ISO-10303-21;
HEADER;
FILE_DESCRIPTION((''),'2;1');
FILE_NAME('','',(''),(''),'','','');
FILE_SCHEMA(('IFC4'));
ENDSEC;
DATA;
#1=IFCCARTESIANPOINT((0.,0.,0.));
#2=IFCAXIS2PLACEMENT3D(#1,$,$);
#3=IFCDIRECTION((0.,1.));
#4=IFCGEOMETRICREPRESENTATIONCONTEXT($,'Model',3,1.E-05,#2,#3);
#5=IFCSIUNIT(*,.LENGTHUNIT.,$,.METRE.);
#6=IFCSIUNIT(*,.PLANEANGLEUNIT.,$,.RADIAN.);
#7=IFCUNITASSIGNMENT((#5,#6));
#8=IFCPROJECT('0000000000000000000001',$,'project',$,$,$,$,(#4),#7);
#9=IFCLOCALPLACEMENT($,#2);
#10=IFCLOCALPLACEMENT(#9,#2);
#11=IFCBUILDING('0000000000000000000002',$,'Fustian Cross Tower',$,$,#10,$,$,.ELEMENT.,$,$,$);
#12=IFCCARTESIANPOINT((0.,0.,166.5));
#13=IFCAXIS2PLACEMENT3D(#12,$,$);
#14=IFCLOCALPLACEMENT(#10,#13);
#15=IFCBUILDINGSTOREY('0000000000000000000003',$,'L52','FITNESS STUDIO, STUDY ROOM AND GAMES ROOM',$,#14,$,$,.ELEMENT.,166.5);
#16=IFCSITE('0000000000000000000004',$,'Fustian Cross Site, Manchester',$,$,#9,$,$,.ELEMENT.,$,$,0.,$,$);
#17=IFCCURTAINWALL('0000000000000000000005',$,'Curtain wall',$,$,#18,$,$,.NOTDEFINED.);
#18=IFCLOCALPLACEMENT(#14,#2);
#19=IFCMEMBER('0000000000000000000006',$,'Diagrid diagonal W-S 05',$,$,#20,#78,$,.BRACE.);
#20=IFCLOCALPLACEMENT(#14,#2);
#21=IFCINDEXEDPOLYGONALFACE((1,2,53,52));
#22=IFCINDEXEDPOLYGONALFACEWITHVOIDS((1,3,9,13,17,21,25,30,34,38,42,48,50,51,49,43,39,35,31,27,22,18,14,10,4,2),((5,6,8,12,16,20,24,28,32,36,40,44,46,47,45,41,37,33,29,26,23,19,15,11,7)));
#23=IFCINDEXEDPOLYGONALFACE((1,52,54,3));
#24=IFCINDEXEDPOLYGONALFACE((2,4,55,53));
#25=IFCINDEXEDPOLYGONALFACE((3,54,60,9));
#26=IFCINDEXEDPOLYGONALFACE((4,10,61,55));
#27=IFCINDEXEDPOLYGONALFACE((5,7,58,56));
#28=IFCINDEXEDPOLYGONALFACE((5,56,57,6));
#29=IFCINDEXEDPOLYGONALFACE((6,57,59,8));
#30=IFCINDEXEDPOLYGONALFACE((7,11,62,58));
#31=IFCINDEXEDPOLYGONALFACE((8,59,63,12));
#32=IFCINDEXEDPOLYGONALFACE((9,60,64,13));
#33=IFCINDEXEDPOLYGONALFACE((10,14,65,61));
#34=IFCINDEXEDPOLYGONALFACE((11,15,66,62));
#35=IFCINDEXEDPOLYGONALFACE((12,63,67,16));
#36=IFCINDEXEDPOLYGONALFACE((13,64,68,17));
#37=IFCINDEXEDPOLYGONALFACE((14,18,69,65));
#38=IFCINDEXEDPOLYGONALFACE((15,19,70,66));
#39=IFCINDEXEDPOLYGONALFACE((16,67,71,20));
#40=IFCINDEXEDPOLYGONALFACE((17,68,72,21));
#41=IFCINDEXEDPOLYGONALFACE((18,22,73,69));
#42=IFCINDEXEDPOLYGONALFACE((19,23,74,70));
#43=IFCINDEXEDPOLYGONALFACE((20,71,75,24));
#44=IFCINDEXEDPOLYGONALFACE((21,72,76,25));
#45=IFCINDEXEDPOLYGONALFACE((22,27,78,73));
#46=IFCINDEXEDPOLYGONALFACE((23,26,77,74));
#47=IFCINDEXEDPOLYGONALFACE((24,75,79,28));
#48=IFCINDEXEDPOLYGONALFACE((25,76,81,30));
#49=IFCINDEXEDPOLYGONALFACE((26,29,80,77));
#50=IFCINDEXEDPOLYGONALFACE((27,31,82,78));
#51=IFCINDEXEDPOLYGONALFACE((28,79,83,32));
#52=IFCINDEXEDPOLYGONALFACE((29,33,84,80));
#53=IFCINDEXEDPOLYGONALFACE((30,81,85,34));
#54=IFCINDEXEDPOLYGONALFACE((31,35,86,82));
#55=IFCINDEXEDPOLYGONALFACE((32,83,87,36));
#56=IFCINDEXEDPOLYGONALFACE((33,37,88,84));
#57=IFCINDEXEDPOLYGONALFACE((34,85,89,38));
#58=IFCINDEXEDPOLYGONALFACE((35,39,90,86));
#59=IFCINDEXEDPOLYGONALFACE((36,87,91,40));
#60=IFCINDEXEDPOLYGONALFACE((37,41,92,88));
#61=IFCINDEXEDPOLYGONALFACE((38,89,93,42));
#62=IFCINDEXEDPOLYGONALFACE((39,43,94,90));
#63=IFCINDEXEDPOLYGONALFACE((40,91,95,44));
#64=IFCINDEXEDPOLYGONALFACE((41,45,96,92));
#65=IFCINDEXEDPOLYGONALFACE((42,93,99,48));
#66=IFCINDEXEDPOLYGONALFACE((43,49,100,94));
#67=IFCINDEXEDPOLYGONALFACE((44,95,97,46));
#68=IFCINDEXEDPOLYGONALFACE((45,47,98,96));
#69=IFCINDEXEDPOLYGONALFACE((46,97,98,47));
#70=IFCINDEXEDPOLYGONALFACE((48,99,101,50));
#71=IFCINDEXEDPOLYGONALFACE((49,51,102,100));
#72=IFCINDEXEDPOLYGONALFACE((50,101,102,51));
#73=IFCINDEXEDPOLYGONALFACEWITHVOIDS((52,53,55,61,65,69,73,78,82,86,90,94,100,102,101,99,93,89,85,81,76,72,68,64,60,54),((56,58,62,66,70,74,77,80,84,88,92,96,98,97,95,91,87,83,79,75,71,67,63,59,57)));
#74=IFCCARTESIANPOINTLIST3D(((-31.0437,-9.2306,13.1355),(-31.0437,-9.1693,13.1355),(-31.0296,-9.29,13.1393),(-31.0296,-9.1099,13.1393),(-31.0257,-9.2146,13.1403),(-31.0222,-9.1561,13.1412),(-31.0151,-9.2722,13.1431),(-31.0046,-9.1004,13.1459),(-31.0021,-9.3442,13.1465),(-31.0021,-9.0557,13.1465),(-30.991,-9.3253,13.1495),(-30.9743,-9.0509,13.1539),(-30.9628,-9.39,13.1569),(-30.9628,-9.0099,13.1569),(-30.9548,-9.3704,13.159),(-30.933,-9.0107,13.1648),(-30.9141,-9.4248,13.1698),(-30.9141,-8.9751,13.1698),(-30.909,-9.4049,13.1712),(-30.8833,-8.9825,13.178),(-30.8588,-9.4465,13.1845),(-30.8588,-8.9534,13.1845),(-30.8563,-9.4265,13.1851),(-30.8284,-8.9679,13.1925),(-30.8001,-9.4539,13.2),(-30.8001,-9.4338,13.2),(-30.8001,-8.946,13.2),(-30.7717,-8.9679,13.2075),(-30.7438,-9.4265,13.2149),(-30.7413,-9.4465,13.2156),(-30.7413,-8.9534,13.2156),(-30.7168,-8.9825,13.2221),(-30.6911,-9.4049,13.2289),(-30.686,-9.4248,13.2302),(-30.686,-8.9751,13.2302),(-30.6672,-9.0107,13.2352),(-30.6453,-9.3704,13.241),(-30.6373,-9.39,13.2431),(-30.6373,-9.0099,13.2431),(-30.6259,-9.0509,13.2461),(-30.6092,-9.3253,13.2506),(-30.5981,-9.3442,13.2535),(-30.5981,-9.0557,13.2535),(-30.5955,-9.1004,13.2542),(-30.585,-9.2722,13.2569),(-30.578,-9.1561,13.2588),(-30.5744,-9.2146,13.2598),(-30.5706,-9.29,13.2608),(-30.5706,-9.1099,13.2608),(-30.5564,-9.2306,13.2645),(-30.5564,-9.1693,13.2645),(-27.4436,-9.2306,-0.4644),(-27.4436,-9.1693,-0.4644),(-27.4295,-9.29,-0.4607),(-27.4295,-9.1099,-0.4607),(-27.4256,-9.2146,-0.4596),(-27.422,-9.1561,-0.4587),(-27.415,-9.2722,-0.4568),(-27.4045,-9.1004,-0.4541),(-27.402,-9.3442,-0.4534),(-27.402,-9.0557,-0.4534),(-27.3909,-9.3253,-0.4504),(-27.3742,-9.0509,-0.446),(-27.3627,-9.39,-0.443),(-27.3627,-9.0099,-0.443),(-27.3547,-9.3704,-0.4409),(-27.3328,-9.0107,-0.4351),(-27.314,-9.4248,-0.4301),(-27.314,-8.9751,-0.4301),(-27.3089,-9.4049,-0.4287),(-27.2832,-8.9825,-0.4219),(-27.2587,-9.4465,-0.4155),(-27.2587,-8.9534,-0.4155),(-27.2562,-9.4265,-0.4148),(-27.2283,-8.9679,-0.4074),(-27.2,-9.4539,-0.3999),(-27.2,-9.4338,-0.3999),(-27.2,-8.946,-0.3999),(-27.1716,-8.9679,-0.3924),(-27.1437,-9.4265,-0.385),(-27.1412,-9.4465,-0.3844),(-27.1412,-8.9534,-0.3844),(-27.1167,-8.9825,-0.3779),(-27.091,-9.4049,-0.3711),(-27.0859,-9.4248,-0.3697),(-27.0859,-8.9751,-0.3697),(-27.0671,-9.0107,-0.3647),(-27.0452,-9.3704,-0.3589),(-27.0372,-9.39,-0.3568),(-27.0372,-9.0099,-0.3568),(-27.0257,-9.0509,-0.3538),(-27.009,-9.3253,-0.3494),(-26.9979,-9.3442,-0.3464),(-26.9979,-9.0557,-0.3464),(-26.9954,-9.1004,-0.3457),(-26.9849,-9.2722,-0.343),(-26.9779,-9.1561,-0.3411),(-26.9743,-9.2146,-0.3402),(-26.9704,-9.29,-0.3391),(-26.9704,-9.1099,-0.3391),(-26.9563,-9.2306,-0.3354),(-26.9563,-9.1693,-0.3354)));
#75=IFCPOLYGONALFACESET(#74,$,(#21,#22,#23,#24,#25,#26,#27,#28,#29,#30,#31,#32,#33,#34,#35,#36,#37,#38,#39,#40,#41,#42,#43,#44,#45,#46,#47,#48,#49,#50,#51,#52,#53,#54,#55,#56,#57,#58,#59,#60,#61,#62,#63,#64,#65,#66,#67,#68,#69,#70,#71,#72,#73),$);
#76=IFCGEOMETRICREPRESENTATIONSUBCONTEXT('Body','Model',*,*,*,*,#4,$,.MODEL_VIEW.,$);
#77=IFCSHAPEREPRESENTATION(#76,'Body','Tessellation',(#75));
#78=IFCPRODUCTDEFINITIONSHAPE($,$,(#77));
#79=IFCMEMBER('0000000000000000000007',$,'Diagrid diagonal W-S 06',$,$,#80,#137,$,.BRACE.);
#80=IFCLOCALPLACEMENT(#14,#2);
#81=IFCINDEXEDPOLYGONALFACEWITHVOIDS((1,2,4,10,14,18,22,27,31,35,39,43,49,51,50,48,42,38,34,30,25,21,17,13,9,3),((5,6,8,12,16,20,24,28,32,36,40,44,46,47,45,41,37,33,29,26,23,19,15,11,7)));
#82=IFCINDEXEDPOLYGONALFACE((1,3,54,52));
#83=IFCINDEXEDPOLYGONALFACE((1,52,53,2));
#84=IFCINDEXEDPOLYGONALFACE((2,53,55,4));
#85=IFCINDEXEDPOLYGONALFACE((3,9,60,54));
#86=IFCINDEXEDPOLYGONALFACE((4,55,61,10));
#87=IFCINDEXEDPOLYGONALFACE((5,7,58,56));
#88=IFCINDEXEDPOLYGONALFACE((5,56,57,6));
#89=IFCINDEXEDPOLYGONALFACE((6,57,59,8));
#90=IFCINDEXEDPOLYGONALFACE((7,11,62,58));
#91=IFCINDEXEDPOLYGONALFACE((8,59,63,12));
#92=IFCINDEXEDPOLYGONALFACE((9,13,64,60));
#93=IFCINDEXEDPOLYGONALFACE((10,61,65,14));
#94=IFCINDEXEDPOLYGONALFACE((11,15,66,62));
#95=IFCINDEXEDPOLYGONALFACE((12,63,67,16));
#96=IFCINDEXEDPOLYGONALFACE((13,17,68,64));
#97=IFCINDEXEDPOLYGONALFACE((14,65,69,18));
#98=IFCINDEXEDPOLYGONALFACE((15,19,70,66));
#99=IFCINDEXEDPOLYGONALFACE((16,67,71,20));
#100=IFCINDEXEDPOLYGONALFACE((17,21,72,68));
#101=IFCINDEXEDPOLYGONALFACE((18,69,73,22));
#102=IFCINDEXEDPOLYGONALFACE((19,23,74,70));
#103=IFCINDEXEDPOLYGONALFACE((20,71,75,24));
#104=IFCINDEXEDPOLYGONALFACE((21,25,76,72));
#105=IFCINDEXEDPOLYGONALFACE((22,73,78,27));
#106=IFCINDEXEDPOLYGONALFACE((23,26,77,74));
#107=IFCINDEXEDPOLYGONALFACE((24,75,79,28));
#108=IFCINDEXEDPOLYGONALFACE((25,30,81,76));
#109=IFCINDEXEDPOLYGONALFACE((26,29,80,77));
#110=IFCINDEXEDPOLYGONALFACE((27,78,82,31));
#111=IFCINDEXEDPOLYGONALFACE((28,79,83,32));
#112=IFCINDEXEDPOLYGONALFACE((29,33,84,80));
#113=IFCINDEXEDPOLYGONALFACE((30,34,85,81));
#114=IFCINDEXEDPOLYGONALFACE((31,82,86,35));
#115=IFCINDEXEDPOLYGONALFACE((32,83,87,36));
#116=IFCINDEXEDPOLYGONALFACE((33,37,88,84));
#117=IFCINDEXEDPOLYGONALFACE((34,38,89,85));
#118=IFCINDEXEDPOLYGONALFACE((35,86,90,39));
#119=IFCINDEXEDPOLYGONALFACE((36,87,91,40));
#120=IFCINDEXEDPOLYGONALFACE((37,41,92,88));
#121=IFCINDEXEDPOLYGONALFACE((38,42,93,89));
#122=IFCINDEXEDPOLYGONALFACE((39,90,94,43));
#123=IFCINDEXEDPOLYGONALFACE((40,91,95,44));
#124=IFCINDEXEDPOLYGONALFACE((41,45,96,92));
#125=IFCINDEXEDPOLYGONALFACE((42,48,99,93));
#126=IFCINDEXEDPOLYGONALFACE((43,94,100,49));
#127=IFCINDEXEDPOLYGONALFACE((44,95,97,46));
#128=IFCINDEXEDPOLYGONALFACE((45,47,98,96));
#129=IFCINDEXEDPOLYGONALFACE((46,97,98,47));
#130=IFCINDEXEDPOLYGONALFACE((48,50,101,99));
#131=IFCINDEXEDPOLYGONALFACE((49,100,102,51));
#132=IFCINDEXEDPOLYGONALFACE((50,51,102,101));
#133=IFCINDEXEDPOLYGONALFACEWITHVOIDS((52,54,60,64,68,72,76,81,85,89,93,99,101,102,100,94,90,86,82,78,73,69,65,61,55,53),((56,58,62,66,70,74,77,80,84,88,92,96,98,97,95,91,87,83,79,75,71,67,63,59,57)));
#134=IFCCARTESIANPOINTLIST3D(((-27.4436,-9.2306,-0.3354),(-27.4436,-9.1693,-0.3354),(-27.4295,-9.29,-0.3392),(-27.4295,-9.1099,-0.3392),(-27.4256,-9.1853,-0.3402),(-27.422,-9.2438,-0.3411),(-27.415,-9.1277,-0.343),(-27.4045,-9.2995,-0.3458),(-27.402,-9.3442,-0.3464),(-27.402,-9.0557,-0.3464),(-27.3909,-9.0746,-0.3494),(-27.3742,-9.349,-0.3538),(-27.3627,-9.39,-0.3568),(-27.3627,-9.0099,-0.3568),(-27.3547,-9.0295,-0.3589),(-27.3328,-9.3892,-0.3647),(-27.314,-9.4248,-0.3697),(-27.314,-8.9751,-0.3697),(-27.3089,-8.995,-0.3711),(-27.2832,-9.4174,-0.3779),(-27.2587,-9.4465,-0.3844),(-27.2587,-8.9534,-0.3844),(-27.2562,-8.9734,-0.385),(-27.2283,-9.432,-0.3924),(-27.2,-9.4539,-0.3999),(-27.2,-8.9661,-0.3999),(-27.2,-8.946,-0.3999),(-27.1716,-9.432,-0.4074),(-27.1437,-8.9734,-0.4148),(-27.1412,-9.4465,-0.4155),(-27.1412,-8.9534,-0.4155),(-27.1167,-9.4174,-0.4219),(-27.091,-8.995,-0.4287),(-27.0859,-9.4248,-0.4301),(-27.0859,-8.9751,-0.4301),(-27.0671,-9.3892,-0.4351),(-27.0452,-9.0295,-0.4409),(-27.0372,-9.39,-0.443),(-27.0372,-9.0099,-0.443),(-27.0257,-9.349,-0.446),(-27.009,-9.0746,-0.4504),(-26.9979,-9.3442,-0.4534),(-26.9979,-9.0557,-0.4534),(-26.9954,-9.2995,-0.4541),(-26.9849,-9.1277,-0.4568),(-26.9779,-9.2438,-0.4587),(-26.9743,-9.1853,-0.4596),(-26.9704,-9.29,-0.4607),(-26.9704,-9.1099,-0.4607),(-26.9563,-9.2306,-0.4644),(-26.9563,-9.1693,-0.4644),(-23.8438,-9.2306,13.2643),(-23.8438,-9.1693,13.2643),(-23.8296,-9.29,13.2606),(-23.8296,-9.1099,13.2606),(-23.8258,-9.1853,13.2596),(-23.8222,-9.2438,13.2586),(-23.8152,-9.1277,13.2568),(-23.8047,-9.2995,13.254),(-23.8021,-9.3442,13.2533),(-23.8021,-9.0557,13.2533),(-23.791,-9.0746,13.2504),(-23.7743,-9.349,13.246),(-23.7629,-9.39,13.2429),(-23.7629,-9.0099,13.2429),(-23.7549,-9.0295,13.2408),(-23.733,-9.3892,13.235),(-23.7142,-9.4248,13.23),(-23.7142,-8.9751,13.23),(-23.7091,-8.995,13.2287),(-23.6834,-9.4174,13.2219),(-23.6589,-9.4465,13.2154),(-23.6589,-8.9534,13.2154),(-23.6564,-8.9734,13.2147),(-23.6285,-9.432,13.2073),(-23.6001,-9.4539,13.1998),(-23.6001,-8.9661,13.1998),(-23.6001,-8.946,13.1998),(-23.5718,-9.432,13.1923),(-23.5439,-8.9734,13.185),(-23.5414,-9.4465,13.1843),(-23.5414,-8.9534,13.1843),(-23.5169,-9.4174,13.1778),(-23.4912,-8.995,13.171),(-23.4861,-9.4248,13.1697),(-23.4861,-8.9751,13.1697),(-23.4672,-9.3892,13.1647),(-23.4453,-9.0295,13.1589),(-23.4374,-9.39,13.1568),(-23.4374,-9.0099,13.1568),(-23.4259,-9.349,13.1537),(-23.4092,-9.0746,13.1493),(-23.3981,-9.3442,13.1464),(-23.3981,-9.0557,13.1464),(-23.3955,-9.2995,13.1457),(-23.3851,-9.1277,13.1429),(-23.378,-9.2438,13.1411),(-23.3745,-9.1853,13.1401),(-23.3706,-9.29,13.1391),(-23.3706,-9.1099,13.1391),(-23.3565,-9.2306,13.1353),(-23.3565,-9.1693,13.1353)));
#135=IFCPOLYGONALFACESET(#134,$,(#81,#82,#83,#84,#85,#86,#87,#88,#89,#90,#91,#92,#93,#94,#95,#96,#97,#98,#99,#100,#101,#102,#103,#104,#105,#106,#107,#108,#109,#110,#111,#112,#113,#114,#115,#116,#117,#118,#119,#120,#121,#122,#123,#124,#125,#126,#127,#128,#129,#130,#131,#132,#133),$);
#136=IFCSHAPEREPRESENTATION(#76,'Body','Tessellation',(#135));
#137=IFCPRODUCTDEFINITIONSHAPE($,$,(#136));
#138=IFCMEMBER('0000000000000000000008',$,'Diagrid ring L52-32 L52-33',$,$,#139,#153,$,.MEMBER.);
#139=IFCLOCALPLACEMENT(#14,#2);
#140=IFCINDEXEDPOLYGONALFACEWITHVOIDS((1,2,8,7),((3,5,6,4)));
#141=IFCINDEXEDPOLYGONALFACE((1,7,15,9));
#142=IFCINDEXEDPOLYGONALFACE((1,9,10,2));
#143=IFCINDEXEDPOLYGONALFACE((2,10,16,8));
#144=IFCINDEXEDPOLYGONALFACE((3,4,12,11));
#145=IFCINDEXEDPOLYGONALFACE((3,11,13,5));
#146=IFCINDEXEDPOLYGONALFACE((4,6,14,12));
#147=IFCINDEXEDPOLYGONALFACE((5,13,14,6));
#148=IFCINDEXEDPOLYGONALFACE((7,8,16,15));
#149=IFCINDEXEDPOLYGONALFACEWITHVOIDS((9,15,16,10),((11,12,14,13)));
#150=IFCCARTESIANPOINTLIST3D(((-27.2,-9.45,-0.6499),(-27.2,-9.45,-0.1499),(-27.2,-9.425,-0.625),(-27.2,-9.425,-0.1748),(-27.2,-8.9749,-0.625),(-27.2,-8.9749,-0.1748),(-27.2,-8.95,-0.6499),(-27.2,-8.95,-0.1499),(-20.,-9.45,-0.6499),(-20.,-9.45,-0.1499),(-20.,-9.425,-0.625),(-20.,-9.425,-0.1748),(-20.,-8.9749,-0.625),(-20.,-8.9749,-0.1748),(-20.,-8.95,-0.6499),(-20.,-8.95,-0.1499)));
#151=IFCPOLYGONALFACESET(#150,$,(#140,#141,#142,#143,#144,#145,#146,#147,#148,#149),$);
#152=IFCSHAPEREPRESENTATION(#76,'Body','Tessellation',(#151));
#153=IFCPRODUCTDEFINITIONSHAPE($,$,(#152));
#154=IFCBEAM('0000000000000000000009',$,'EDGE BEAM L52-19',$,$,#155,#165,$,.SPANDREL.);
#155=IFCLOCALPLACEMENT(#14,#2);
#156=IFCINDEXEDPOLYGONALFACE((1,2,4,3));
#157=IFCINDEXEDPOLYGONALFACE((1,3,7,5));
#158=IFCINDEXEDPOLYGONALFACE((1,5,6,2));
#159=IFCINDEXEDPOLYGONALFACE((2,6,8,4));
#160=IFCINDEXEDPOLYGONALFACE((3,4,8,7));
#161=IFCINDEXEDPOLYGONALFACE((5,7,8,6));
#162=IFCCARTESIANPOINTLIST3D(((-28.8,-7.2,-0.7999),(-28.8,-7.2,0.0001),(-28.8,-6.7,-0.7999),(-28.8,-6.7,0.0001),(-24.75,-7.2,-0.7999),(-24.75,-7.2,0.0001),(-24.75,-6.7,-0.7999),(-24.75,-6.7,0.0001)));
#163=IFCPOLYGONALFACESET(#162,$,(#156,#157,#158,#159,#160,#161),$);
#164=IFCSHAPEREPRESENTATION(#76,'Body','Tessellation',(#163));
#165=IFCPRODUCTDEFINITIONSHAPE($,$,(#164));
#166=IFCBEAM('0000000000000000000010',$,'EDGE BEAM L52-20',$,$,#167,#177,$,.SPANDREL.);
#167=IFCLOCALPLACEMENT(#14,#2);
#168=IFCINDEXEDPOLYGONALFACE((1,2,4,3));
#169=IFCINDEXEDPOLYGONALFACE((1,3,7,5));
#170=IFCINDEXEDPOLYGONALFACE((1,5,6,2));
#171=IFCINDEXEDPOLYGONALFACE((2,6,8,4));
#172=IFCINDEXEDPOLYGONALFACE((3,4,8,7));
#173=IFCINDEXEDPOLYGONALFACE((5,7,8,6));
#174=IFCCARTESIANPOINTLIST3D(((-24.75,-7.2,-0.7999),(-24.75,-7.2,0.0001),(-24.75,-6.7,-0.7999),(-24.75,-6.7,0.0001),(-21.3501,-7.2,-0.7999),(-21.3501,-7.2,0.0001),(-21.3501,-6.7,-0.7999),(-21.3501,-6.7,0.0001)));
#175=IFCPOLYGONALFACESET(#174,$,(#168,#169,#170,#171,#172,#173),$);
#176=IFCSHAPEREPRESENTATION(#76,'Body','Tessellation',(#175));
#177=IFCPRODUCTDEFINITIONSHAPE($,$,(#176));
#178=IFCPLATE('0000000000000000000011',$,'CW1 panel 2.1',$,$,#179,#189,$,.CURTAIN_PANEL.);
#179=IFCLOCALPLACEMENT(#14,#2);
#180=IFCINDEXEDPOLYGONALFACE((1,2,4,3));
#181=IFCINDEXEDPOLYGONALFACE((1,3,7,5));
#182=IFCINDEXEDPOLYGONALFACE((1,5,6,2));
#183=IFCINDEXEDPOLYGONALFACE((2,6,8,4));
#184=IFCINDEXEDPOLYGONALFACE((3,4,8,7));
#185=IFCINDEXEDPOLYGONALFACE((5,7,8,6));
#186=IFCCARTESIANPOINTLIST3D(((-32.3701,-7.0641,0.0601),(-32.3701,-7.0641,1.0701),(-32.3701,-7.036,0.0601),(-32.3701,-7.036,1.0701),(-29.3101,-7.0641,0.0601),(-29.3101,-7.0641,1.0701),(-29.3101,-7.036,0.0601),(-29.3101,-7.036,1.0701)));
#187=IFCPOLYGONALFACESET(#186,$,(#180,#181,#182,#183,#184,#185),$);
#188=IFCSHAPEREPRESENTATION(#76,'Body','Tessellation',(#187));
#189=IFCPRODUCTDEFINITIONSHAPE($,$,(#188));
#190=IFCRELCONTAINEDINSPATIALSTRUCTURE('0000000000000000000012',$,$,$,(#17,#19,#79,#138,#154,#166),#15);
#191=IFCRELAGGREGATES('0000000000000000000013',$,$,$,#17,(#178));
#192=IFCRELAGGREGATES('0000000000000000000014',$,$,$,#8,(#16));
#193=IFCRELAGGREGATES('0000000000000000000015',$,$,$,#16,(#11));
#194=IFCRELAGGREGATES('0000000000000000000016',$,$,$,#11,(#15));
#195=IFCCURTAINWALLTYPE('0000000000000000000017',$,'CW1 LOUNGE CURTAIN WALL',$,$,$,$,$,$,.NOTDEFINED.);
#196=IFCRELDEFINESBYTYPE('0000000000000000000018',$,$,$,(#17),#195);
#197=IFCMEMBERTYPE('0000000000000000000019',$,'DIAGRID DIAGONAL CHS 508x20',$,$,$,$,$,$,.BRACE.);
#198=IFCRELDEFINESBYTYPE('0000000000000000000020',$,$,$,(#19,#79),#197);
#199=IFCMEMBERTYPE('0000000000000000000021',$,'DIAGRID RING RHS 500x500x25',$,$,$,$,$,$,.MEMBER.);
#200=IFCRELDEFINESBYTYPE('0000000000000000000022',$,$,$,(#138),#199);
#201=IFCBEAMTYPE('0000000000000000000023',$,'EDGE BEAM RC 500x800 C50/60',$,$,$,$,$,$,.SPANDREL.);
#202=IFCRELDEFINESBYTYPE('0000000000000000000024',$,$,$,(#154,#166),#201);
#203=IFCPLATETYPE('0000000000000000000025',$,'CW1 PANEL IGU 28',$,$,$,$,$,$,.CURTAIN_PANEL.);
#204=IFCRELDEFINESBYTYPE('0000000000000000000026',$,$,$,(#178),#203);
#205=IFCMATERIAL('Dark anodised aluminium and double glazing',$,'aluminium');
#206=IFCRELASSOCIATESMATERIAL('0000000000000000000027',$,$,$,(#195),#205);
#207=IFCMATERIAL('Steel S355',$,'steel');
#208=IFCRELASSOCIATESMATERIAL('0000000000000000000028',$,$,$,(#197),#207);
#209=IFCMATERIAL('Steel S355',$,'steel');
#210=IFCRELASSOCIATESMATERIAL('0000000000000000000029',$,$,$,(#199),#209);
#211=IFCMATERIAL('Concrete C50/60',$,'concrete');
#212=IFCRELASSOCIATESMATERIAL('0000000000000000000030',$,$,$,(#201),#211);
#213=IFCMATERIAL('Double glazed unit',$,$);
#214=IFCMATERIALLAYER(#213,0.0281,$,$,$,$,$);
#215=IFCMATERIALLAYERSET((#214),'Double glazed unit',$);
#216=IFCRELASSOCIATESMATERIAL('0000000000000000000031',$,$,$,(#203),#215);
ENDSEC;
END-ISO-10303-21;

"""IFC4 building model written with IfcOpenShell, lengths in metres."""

from ifc_helpers import new_model, si_unit, direction, frame, origin, origin_2d, place, context, subcontext, project, spatial, rectangle, hollow_rectangle, hollow_circle, extrude, material, layer, layer_set, material_profile, profile_set, type_object, element, aggregate, save


model = new_model("IFC4")

# Units and contexts
model_context = context("Model", 3, precision=1e-05, world=origin(), true_north=direction((0.0, 1.0)))
body_context = subcontext(model_context, "Body", "Model", "MODEL_VIEW")
ifc_project = project(units=[si_unit("LENGTHUNIT", "METRE"), si_unit("PLANEANGLEUNIT", "RADIAN")], contexts=[model_context])

# Site, building, storey
site_placement = place(None, origin())
site = spatial("IfcSite", under=ifc_project, at=site_placement, Name="Fustian Cross Site, Manchester", CompositionType="ELEMENT", RefElevation=0.0)
building_placement = place(site_placement, origin())
building = spatial("IfcBuilding", under=site, at=building_placement, Name="Fustian Cross Tower", CompositionType="ELEMENT")
storey_placement = place(building_placement, frame((0.0, 0.0, 166.5)))
storey = spatial("IfcBuildingStorey", under=building, at=storey_placement, Name="L52", Description="FITNESS STUDIO, STUDY ROOM AND GAMES ROOM", CompositionType="ELEMENT", Elevation=166.5)

# Curtain wall
ifc_material_1 = material(Name="Dark anodised aluminium and double glazing", Category="aluminium")
curtain_wall_type = type_object("IfcCurtainWallType", Name="CW1 LOUNGE CURTAIN WALL", PredefinedType="NOTDEFINED", material=ifc_material_1)
curtain_wall_1_placement = place(storey_placement, origin())
curtain_wall_1 = element("IfcCurtainWall", 1, at=curtain_wall_1_placement, inside=storey, type_object=curtain_wall_type, Name="Curtain wall", PredefinedType="NOTDEFINED")

# Members
ifc_material_2 = material(Name="Steel S355", Category="steel")
ifc_material_profile_1 = material_profile(ifc_material_2, hollow_circle(Radius=0.2539, WallThickness=0.02, at=origin_2d()), Name="CHS 508x20")
ifc_profile_set_1 = profile_set([ifc_material_profile_1], Name="Steel S355")
member_type_1 = type_object("IfcMemberType", Name="DIAGRID DIAGONAL CHS 508x20", PredefinedType="BRACE", material=ifc_profile_set_1)
member_1_placement = place(storey_placement, frame((-27.2, -9.2, -0.3999), z_axis=(-0.255902, 0.0, 0.966703), x_axis=(0.0, -1.0, 0.0)))
element("IfcMember", 2, at=member_1_placement, inside=storey, type_object=member_type_1, Name="Diagrid diagonal W-S 05", PredefinedType="BRACE", context=body_context, shape_type="SweptSolid", body=[
    extrude(hollow_circle(Radius=0.2539, WallThickness=0.02, at=origin_2d()), origin(), (0.0, 0.0, 1.0), 14.0684),
])
member_2_placement = place(storey_placement, frame((-27.2, -9.2, -0.3999), z_axis=(0.255885, 0.0, 0.966707), x_axis=(0.0, 1.0, 0.0)))
element("IfcMember", 3, at=member_2_placement, inside=storey, type_object=member_type_1, Name="Diagrid diagonal W-S 06", PredefinedType="BRACE", context=body_context, shape_type="SweptSolid", body=[
    extrude(hollow_circle(Radius=0.2539, WallThickness=0.02, at=origin_2d()), origin(), (0.0, 0.0, 1.0), 14.0681),
])
ifc_material_3 = material(Name="Steel S355", Category="steel")
ifc_material_profile_2 = material_profile(ifc_material_3, hollow_rectangle(XDim=0.5, YDim=0.5, WallThickness=0.0249, at=origin_2d()), Name="RHS 500x500x25")
ifc_profile_set_2 = profile_set([ifc_material_profile_2], Name="Steel S355")
member_type_2 = type_object("IfcMemberType", Name="DIAGRID RING RHS 500x500x25", PredefinedType="MEMBER", material=ifc_profile_set_2)
member_3_placement = place(storey_placement, frame((-27.2, -9.2, -0.3999), z_axis=(1.0, 0.0, 0.0), x_axis=(0.0, 1.0, 0.0)))
element("IfcMember", 4, at=member_3_placement, inside=storey, type_object=member_type_2, Name="Diagrid ring L52-32 L52-33", PredefinedType="MEMBER", context=body_context, shape_type="SweptSolid", body=[
    extrude(hollow_rectangle(XDim=0.5, YDim=0.5, WallThickness=0.0249, at=origin_2d()), origin(), (0.0, 0.0, 1.0), 7.2),
])

# Beams
ifc_material_4 = material(Name="Concrete C50/60", Category="concrete")
ifc_material_profile_3 = material_profile(ifc_material_4, rectangle(XDim=0.5, YDim=0.8, at=origin_2d()), Name="RC 500x800")
ifc_profile_set_3 = profile_set([ifc_material_profile_3], Name="Concrete C50/60")
beam_type = type_object("IfcBeamType", Name="EDGE BEAM RC 500x800 C50/60", PredefinedType="SPANDREL", material=ifc_profile_set_3)
beam_1_placement = place(storey_placement, frame((-28.8, -6.95, -0.3999), z_axis=(1.0, 0.0, 0.0), x_axis=(0.0, 1.0, 0.0)))
element("IfcBeam", 5, at=beam_1_placement, inside=storey, type_object=beam_type, Name="EDGE BEAM L52-19", PredefinedType="SPANDREL", context=body_context, shape_type="SweptSolid", body=[
    extrude(rectangle(XDim=0.5, YDim=0.8, at=origin_2d()), origin(), (0.0, 0.0, 1.0), 4.05),
])
beam_2_placement = place(storey_placement, frame((-24.75, -6.95, -0.3999), z_axis=(1.0, 0.0, 0.0), x_axis=(0.0, 1.0, 0.0)))
element("IfcBeam", 6, at=beam_2_placement, inside=storey, type_object=beam_type, Name="EDGE BEAM L52-20", PredefinedType="SPANDREL", context=body_context, shape_type="SweptSolid", body=[
    extrude(rectangle(XDim=0.5, YDim=0.8, at=origin_2d()), origin(), (0.0, 0.0, 1.0), 3.3999),
])

# Plate
ifc_material_5 = material(Name="Double glazed unit")
ifc_layer_1 = layer(ifc_material_5, 0.0281)
ifc_layer_set_1 = layer_set([ifc_layer_1], Name="Double glazed unit")
plate_type = type_object("IfcPlateType", Name="CW1 PANEL IGU 28", PredefinedType="CURTAIN_PANEL", material=ifc_layer_set_1)
plate_1_placement = place(storey_placement, frame((-30.8401, -7.05, 0.0601), z_axis=(0.0, 0.0, 1.0), x_axis=(1.0, 0.0, 0.0)))
plate_1 = element("IfcPlate", 7, at=plate_1_placement, type_object=plate_type, Name="CW1 panel 2.1", PredefinedType="CURTAIN_PANEL", context=body_context, shape_type="SweptSolid", body=[
    extrude(rectangle(XDim=3.0601, YDim=0.0281, at=origin_2d()), origin(), (0.0, 0.0, 1.0), 1.01),
])
aggregate(curtain_wall_1, [plate_1])

save(model, "model.ifc")
